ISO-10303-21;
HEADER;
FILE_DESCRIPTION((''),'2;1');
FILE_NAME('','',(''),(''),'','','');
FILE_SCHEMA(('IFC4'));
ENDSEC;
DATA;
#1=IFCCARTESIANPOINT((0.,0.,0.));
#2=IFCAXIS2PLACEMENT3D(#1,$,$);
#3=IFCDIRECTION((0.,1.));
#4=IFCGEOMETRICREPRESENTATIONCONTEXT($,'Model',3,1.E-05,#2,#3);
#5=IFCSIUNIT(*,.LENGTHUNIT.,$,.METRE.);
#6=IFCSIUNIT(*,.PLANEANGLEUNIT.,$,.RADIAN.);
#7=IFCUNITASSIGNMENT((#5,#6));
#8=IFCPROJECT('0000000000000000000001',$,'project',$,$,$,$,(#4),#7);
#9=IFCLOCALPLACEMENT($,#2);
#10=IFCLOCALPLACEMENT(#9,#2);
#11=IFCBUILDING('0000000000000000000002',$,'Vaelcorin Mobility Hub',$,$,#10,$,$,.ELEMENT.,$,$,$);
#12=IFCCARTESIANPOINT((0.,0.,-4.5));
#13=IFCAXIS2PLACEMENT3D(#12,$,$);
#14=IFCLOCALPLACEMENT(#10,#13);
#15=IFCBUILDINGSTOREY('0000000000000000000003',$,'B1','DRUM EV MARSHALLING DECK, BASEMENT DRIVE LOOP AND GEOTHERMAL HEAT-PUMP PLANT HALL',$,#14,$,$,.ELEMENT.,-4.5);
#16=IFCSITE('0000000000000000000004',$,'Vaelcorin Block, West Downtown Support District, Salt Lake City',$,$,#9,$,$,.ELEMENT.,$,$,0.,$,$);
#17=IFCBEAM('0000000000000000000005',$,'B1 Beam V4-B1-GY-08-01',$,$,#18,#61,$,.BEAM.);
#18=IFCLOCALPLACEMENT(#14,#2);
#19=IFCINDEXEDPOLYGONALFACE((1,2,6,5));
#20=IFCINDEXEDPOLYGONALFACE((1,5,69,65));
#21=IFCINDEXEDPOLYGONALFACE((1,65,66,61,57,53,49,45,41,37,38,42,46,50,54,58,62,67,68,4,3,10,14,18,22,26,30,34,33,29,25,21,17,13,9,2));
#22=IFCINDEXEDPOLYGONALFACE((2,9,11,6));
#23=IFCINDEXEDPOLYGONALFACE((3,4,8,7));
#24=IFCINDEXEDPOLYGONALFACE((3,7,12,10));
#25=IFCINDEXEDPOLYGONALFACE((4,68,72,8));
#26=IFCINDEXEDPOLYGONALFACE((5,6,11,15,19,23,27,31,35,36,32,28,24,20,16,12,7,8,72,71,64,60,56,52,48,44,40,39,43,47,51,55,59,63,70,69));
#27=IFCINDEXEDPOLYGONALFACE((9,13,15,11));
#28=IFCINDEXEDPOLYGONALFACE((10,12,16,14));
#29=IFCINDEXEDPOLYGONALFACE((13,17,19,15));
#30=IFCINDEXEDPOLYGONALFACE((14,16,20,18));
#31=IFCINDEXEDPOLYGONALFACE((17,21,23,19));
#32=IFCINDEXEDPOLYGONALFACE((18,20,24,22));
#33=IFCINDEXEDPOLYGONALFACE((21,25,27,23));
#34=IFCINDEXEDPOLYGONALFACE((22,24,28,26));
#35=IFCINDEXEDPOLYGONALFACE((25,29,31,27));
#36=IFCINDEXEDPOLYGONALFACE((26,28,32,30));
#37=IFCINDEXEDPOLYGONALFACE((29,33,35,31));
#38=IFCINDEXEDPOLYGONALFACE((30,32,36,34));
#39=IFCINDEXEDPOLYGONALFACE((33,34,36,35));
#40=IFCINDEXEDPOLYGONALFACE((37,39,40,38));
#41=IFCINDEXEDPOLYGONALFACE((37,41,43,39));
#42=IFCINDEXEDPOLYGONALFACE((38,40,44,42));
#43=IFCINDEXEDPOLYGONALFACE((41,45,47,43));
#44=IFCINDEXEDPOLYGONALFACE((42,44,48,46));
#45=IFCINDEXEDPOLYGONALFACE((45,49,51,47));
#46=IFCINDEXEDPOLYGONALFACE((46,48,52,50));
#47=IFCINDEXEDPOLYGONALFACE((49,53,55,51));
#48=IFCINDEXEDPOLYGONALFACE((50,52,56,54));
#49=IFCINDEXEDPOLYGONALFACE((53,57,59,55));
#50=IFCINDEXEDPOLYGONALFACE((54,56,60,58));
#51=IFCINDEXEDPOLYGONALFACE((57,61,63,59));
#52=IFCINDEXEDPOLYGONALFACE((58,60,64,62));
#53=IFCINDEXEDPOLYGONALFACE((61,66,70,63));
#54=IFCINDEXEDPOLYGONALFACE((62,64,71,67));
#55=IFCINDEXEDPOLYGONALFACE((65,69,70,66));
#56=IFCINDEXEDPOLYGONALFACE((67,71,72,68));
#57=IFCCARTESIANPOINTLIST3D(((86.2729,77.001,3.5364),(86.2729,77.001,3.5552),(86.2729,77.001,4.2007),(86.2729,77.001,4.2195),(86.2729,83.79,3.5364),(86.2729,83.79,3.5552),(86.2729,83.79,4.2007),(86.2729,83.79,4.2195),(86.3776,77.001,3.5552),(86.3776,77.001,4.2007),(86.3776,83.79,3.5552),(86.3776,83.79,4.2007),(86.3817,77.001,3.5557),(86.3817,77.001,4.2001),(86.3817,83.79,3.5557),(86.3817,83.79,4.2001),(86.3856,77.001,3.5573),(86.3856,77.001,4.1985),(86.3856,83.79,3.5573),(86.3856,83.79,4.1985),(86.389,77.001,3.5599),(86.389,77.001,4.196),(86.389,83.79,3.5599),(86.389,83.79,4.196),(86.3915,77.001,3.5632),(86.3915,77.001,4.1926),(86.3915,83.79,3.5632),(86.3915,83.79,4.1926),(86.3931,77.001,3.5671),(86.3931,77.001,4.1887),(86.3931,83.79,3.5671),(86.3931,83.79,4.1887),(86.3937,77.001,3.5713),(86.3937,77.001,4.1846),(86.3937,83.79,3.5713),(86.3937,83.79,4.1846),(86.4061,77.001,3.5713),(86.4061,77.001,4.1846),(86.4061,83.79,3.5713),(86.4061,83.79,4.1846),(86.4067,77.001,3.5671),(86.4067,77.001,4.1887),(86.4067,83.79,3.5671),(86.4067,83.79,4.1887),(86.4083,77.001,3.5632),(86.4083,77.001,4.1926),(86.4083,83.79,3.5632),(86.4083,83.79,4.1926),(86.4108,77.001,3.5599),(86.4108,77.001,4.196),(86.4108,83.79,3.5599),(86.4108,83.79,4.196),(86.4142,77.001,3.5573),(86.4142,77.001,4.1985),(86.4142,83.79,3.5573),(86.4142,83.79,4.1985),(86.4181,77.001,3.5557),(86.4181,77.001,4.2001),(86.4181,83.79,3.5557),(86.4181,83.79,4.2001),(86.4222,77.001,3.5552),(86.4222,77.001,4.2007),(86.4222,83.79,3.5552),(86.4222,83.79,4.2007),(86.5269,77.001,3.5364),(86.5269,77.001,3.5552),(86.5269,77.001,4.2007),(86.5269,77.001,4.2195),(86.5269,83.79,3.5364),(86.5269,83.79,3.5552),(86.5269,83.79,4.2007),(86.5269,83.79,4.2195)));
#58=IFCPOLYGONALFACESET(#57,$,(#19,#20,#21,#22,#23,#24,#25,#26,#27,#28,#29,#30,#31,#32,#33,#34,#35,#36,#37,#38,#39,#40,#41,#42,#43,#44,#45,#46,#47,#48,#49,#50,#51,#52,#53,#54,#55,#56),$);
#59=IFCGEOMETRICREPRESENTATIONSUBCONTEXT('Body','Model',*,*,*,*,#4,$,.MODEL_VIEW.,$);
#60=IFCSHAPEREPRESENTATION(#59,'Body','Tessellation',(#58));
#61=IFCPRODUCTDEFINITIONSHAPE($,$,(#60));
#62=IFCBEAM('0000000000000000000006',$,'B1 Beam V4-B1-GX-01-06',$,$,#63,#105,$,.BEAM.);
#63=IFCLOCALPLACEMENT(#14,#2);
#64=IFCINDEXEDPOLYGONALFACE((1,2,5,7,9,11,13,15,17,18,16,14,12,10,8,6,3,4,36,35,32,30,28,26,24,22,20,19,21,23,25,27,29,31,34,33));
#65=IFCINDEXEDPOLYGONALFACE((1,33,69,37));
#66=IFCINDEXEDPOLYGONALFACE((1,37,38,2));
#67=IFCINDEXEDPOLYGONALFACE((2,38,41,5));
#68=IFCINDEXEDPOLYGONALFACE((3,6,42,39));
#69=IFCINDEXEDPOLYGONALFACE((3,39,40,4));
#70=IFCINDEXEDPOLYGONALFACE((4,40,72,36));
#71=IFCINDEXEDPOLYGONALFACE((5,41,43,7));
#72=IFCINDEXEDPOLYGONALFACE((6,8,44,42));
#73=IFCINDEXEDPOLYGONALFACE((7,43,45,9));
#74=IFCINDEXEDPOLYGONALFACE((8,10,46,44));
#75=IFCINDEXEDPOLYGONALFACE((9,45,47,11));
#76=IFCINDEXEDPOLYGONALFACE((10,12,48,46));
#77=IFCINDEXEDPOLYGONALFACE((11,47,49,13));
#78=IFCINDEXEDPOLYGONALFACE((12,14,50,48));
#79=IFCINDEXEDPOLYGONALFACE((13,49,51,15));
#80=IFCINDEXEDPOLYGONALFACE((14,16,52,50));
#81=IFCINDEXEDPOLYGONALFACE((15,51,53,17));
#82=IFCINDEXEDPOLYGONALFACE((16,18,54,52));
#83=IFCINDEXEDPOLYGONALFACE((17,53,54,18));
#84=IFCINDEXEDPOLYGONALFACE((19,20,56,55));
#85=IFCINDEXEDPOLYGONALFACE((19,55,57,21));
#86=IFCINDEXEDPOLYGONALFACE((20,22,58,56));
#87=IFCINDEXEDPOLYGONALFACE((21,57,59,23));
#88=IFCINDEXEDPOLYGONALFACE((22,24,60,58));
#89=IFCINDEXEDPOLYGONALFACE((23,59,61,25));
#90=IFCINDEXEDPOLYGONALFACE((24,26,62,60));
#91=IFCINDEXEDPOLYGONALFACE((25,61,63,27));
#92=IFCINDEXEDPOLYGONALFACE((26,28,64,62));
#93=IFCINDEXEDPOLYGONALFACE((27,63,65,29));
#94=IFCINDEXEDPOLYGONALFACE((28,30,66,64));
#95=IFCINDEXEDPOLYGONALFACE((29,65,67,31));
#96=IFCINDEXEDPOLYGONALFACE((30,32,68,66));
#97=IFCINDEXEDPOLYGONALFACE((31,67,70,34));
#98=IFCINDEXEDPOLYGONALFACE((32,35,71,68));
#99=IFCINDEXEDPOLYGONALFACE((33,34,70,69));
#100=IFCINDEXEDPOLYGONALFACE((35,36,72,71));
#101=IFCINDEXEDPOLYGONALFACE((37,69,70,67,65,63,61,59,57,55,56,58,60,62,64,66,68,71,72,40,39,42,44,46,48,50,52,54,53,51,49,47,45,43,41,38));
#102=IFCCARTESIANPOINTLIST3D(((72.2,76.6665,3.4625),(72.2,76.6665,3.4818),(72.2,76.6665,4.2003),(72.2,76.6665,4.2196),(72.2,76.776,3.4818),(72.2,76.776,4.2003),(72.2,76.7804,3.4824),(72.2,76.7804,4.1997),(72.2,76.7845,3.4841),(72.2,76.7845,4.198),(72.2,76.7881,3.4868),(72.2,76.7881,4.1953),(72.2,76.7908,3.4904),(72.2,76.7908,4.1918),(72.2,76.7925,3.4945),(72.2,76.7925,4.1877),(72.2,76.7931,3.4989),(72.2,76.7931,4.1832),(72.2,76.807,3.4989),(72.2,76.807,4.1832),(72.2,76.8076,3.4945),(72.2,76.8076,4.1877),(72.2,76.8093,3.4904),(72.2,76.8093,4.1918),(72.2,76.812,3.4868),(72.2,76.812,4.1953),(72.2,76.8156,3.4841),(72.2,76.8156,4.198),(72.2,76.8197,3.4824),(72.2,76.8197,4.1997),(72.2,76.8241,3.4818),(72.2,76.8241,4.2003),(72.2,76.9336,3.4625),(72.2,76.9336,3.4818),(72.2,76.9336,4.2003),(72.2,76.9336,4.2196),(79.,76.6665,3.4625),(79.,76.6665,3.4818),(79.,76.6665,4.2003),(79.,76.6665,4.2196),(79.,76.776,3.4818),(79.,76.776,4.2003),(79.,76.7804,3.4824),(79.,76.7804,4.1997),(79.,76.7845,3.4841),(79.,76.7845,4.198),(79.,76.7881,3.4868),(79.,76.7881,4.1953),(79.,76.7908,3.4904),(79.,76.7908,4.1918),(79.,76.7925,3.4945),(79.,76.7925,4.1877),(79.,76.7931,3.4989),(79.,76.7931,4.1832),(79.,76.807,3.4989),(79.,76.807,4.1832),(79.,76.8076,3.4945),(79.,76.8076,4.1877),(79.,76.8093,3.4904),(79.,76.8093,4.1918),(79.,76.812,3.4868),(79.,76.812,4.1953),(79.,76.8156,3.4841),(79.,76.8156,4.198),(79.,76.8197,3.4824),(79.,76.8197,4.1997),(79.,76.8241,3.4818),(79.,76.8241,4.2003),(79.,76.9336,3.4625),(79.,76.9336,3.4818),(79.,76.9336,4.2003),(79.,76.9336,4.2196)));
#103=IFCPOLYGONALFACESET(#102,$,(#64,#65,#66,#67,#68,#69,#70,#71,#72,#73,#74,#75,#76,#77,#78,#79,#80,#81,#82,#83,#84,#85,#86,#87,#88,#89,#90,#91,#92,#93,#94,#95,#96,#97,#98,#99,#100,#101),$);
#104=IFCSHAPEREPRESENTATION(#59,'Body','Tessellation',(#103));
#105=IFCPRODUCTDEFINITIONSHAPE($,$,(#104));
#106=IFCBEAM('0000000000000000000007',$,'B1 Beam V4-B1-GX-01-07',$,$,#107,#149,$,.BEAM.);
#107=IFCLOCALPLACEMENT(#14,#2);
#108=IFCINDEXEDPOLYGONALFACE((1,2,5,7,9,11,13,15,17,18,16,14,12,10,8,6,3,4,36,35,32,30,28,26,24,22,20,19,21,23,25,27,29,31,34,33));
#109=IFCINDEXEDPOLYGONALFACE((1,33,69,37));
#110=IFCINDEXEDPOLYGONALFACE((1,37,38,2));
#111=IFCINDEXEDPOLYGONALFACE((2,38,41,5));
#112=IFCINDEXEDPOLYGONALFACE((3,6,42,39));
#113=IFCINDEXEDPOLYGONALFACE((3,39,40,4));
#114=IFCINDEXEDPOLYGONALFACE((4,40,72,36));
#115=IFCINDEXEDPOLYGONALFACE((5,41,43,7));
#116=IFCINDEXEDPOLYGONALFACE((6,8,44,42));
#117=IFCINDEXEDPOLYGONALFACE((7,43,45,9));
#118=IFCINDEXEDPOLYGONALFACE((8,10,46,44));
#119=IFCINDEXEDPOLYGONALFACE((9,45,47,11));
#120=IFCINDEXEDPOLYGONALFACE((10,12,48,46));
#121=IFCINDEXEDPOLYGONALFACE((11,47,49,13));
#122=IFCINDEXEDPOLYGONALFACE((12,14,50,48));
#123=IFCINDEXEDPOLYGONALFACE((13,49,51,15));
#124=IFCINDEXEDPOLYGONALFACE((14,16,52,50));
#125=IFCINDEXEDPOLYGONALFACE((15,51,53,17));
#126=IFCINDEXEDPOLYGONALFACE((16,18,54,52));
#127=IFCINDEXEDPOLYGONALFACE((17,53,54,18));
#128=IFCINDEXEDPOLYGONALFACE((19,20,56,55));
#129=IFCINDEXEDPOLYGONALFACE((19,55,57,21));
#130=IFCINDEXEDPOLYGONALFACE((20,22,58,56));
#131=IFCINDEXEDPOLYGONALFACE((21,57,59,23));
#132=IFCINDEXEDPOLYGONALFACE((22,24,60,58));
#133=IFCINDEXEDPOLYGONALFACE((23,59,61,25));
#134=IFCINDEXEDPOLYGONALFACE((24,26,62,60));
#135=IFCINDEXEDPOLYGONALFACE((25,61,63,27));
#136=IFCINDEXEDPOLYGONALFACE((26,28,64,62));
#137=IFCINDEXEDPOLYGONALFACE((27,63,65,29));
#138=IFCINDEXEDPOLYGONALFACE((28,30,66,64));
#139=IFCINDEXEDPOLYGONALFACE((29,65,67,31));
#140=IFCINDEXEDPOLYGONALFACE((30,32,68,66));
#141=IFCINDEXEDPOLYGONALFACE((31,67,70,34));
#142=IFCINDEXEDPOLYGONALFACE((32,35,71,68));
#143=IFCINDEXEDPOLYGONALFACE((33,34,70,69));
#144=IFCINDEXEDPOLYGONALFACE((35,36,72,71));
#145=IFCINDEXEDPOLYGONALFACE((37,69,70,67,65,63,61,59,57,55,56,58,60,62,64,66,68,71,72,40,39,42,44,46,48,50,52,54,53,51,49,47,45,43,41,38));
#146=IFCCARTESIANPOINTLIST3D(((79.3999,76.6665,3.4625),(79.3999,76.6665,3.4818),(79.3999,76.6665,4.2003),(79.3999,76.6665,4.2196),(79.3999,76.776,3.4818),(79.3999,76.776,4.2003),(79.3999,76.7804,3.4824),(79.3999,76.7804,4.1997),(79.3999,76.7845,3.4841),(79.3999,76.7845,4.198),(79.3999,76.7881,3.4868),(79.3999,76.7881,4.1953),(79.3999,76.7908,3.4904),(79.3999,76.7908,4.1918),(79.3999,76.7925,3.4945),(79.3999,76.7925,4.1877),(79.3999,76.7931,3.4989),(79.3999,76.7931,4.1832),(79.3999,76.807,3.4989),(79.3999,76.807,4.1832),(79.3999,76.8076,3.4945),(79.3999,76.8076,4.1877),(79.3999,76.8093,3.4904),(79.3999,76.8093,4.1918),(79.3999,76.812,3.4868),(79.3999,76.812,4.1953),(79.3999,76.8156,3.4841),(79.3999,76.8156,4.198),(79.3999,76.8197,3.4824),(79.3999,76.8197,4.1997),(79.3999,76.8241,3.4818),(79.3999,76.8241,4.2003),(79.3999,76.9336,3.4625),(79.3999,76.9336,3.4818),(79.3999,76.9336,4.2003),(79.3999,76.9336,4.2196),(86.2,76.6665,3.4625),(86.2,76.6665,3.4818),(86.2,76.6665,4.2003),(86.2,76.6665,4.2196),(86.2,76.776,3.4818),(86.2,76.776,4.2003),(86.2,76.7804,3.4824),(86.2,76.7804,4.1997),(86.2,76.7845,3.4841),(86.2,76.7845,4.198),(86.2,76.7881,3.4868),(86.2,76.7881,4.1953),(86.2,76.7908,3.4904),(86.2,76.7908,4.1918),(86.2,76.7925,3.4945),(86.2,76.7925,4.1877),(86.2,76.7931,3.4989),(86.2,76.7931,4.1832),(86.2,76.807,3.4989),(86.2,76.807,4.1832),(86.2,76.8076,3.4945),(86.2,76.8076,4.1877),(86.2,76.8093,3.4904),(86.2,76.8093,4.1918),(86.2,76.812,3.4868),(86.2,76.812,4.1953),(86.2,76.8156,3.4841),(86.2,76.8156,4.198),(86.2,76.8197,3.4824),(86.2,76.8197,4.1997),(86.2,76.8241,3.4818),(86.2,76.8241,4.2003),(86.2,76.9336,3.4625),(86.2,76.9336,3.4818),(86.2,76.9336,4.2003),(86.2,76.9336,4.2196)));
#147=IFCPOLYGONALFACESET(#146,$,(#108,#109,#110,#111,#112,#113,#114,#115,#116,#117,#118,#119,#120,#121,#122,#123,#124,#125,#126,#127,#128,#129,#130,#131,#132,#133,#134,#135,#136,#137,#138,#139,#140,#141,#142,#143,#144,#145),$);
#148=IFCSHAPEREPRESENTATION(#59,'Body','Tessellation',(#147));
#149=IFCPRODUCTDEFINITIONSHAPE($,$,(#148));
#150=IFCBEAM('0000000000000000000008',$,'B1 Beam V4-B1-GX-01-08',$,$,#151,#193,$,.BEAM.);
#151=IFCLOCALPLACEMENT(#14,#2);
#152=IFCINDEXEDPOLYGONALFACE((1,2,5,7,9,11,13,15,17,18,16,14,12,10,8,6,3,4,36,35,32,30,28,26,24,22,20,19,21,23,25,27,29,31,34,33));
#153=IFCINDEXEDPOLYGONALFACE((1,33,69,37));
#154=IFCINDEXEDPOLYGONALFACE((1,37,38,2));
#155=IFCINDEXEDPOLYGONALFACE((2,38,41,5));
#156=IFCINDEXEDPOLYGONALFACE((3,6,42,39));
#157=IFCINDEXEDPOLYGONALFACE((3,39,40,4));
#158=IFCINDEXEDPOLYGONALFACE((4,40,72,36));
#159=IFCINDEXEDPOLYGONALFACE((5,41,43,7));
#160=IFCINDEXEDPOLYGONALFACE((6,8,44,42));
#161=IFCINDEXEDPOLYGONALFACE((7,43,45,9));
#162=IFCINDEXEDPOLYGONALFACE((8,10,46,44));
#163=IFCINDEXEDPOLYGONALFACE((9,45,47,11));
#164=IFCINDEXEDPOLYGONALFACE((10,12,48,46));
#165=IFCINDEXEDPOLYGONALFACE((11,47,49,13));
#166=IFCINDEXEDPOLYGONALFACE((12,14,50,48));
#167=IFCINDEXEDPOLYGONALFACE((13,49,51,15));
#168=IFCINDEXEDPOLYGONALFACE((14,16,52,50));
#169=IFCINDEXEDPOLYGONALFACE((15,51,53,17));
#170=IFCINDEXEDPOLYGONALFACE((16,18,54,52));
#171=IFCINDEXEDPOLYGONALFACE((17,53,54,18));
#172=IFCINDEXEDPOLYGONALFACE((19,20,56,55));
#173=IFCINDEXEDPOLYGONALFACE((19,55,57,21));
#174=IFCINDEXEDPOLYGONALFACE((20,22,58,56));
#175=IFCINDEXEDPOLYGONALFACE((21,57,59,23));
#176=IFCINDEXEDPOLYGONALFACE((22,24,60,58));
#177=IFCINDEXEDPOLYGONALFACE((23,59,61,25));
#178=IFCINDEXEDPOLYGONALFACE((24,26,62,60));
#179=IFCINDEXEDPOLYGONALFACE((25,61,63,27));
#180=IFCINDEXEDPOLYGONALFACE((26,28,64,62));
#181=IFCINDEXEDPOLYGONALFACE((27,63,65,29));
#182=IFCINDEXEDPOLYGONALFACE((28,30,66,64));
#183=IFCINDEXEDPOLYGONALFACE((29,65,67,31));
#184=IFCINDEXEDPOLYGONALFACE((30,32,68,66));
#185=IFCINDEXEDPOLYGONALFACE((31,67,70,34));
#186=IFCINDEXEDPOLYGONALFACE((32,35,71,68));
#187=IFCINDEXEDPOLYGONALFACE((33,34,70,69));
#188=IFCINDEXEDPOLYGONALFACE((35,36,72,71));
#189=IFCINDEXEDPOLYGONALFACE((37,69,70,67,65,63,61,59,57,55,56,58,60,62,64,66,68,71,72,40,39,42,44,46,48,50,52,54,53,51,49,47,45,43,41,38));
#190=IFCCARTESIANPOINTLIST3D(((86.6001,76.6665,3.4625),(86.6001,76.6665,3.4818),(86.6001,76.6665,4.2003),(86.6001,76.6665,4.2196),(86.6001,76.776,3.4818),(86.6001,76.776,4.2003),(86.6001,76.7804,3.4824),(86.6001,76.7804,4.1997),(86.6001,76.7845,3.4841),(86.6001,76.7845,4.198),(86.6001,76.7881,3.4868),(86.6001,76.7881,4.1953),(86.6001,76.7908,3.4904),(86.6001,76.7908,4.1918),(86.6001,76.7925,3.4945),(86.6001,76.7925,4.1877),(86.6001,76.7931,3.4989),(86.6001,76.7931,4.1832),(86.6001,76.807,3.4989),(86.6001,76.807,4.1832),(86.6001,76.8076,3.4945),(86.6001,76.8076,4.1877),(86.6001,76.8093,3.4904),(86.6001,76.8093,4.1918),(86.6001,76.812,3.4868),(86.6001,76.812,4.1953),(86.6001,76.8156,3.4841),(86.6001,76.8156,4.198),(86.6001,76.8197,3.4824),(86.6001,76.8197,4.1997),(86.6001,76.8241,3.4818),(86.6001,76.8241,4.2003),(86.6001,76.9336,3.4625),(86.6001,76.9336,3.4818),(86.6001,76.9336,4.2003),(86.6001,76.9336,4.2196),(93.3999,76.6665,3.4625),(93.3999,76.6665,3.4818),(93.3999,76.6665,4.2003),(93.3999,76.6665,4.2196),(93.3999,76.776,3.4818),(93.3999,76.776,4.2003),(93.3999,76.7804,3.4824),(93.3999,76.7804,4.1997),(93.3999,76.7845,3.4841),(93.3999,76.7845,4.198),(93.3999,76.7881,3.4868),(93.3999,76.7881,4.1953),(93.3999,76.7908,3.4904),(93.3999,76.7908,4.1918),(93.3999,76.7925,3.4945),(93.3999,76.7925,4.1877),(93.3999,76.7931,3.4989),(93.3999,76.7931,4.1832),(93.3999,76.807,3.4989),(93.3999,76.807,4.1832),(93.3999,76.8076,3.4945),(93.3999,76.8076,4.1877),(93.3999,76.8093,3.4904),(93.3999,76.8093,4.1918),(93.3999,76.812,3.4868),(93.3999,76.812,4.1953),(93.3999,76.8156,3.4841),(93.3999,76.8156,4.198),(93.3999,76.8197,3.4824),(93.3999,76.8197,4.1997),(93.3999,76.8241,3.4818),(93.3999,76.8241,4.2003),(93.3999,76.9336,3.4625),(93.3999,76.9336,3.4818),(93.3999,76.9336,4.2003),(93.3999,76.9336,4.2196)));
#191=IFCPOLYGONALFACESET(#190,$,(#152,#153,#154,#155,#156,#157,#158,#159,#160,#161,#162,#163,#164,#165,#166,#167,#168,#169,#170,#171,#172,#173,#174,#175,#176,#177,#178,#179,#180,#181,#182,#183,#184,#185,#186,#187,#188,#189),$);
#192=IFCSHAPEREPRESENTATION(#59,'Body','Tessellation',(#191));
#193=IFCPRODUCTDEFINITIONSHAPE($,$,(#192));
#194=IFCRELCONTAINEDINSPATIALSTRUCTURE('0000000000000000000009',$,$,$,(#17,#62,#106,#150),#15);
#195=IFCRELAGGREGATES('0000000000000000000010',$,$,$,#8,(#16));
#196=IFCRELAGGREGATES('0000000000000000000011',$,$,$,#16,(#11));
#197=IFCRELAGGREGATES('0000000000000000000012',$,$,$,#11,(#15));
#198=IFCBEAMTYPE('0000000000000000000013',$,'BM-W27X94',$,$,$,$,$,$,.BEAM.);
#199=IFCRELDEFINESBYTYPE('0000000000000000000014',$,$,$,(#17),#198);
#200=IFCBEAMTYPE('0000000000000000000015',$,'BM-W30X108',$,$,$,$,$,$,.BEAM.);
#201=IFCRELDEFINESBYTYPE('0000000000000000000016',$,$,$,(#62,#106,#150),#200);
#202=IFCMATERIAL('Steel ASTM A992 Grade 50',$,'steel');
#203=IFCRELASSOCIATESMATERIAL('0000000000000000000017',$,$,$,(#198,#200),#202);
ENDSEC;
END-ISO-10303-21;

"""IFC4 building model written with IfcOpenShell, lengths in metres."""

from ifc_helpers import new_model, si_unit, direction, frame, origin, origin_2d, place, context, subcontext, project, spatial, i_section, extrude, material, material_profile, profile_set, type_object, element, save


model = new_model("IFC4")

# Units and contexts
model_context = context("Model", 3, precision=1e-05, world=origin(), true_north=direction((0.0, 1.0)))
body_context = subcontext(model_context, "Body", "Model", "MODEL_VIEW")
ifc_project = project(units=[si_unit("LENGTHUNIT", "METRE"), si_unit("PLANEANGLEUNIT", "RADIAN")], contexts=[model_context])

# Site, building, storey
site_placement = place(None, origin())
site = spatial("IfcSite", under=ifc_project, at=site_placement, Name="Vaelcorin Block, West Downtown Support District, Salt Lake City", CompositionType="ELEMENT", RefElevation=0.0)
building_placement = place(site_placement, origin())
building = spatial("IfcBuilding", under=site, at=building_placement, Name="Vaelcorin Mobility Hub", CompositionType="ELEMENT")
storey_placement = place(building_placement, frame((0.0, 0.0, -4.5)))
storey = spatial("IfcBuildingStorey", under=building, at=storey_placement, Name="B1", Description="DRUM EV MARSHALLING DECK, BASEMENT DRIVE LOOP AND GEOTHERMAL HEAT-PUMP PLANT HALL", CompositionType="ELEMENT", Elevation=-4.5)

# Shared definitions
ifc_material_1 = material(Name="Steel ASTM A992 Grade 50", Category="steel")

# Beams
ifc_material_profile_1 = material_profile(ifc_material_1, i_section(OverallWidth=0.2539, OverallDepth=0.6831, WebThickness=0.0125, FlangeThickness=0.0188, FilletRadius=0.0161, at=origin_2d()), Name="W27X94")
ifc_profile_set_1 = profile_set([ifc_material_profile_1], Name="Steel ASTM A992 Grade 50")
beam_type_1 = type_object("IfcBeamType", Name="BM-W27X94", PredefinedType="BEAM", material=ifc_profile_set_1)
for number, where, z_axis, x_axis, name in (
    (1, (86.3999, 77.001, 3.8779), (0.0, 1.0, 0.0), (-1.0, 0.0, 0.0), "B1 Beam V4-B1-GY-08-01"),
):
    element("IfcBeam", number, at=place(storey_placement, frame(where, z_axis=z_axis, x_axis=x_axis)), inside=storey, type_object=beam_type_1, Name=name, PredefinedType="BEAM", context=body_context, shape_type="SweptSolid", body=[
        extrude(i_section(OverallWidth=0.2539, OverallDepth=0.6831, WebThickness=0.0125, FlangeThickness=0.0188, FilletRadius=0.0161, at=origin_2d()), origin(), (0.0, 0.0, 1.0), 6.7891),
    ])
ifc_material_profile_2 = material_profile(ifc_material_1, i_section(OverallWidth=0.2671, OverallDepth=0.7571, WebThickness=0.0139, FlangeThickness=0.0193, FilletRadius=0.0171, at=origin_2d()), Name="W30X108")
ifc_profile_set_2 = profile_set([ifc_material_profile_2], Name="Steel ASTM A992 Grade 50")
beam_type_2 = type_object("IfcBeamType", Name="BM-W30X108", PredefinedType="BEAM", material=ifc_profile_set_2)
for number, where, z_axis, x_axis, name in (
    (2, (72.2, 76.8, 3.8411), (1.0, 0.0, 0.0), (0.0, 1.0, 0.0), "B1 Beam V4-B1-GX-01-06"),
    (3, (79.3999, 76.8, 3.8411), (1.0, 0.0, 0.0), (0.0, 1.0, 0.0), "B1 Beam V4-B1-GX-01-07"),
):
    element("IfcBeam", number, at=place(storey_placement, frame(where, z_axis=z_axis, x_axis=x_axis)), inside=storey, type_object=beam_type_2, Name=name, PredefinedType="BEAM", context=body_context, shape_type="SweptSolid", body=[
        extrude(i_section(OverallWidth=0.2671, OverallDepth=0.7571, WebThickness=0.0139, FlangeThickness=0.0193, FilletRadius=0.0171, at=origin_2d()), origin(), (0.0, 0.0, 1.0), 6.8),
    ])
beam_1_placement = place(storey_placement, frame((86.6001, 76.8, 3.8411), z_axis=(1.0, 0.0, 0.0), x_axis=(0.0, 1.0, 0.0)))
element("IfcBeam", 4, at=beam_1_placement, inside=storey, type_object=beam_type_2, Name="B1 Beam V4-B1-GX-01-08", PredefinedType="BEAM", context=body_context, shape_type="SweptSolid", body=[
    extrude(i_section(OverallWidth=0.2671, OverallDepth=0.7571, WebThickness=0.0139, FlangeThickness=0.0193, FilletRadius=0.0171, at=origin_2d()), origin(), (0.0, 0.0, 1.0), 6.7998),
])

save(model, "model.ifc")
